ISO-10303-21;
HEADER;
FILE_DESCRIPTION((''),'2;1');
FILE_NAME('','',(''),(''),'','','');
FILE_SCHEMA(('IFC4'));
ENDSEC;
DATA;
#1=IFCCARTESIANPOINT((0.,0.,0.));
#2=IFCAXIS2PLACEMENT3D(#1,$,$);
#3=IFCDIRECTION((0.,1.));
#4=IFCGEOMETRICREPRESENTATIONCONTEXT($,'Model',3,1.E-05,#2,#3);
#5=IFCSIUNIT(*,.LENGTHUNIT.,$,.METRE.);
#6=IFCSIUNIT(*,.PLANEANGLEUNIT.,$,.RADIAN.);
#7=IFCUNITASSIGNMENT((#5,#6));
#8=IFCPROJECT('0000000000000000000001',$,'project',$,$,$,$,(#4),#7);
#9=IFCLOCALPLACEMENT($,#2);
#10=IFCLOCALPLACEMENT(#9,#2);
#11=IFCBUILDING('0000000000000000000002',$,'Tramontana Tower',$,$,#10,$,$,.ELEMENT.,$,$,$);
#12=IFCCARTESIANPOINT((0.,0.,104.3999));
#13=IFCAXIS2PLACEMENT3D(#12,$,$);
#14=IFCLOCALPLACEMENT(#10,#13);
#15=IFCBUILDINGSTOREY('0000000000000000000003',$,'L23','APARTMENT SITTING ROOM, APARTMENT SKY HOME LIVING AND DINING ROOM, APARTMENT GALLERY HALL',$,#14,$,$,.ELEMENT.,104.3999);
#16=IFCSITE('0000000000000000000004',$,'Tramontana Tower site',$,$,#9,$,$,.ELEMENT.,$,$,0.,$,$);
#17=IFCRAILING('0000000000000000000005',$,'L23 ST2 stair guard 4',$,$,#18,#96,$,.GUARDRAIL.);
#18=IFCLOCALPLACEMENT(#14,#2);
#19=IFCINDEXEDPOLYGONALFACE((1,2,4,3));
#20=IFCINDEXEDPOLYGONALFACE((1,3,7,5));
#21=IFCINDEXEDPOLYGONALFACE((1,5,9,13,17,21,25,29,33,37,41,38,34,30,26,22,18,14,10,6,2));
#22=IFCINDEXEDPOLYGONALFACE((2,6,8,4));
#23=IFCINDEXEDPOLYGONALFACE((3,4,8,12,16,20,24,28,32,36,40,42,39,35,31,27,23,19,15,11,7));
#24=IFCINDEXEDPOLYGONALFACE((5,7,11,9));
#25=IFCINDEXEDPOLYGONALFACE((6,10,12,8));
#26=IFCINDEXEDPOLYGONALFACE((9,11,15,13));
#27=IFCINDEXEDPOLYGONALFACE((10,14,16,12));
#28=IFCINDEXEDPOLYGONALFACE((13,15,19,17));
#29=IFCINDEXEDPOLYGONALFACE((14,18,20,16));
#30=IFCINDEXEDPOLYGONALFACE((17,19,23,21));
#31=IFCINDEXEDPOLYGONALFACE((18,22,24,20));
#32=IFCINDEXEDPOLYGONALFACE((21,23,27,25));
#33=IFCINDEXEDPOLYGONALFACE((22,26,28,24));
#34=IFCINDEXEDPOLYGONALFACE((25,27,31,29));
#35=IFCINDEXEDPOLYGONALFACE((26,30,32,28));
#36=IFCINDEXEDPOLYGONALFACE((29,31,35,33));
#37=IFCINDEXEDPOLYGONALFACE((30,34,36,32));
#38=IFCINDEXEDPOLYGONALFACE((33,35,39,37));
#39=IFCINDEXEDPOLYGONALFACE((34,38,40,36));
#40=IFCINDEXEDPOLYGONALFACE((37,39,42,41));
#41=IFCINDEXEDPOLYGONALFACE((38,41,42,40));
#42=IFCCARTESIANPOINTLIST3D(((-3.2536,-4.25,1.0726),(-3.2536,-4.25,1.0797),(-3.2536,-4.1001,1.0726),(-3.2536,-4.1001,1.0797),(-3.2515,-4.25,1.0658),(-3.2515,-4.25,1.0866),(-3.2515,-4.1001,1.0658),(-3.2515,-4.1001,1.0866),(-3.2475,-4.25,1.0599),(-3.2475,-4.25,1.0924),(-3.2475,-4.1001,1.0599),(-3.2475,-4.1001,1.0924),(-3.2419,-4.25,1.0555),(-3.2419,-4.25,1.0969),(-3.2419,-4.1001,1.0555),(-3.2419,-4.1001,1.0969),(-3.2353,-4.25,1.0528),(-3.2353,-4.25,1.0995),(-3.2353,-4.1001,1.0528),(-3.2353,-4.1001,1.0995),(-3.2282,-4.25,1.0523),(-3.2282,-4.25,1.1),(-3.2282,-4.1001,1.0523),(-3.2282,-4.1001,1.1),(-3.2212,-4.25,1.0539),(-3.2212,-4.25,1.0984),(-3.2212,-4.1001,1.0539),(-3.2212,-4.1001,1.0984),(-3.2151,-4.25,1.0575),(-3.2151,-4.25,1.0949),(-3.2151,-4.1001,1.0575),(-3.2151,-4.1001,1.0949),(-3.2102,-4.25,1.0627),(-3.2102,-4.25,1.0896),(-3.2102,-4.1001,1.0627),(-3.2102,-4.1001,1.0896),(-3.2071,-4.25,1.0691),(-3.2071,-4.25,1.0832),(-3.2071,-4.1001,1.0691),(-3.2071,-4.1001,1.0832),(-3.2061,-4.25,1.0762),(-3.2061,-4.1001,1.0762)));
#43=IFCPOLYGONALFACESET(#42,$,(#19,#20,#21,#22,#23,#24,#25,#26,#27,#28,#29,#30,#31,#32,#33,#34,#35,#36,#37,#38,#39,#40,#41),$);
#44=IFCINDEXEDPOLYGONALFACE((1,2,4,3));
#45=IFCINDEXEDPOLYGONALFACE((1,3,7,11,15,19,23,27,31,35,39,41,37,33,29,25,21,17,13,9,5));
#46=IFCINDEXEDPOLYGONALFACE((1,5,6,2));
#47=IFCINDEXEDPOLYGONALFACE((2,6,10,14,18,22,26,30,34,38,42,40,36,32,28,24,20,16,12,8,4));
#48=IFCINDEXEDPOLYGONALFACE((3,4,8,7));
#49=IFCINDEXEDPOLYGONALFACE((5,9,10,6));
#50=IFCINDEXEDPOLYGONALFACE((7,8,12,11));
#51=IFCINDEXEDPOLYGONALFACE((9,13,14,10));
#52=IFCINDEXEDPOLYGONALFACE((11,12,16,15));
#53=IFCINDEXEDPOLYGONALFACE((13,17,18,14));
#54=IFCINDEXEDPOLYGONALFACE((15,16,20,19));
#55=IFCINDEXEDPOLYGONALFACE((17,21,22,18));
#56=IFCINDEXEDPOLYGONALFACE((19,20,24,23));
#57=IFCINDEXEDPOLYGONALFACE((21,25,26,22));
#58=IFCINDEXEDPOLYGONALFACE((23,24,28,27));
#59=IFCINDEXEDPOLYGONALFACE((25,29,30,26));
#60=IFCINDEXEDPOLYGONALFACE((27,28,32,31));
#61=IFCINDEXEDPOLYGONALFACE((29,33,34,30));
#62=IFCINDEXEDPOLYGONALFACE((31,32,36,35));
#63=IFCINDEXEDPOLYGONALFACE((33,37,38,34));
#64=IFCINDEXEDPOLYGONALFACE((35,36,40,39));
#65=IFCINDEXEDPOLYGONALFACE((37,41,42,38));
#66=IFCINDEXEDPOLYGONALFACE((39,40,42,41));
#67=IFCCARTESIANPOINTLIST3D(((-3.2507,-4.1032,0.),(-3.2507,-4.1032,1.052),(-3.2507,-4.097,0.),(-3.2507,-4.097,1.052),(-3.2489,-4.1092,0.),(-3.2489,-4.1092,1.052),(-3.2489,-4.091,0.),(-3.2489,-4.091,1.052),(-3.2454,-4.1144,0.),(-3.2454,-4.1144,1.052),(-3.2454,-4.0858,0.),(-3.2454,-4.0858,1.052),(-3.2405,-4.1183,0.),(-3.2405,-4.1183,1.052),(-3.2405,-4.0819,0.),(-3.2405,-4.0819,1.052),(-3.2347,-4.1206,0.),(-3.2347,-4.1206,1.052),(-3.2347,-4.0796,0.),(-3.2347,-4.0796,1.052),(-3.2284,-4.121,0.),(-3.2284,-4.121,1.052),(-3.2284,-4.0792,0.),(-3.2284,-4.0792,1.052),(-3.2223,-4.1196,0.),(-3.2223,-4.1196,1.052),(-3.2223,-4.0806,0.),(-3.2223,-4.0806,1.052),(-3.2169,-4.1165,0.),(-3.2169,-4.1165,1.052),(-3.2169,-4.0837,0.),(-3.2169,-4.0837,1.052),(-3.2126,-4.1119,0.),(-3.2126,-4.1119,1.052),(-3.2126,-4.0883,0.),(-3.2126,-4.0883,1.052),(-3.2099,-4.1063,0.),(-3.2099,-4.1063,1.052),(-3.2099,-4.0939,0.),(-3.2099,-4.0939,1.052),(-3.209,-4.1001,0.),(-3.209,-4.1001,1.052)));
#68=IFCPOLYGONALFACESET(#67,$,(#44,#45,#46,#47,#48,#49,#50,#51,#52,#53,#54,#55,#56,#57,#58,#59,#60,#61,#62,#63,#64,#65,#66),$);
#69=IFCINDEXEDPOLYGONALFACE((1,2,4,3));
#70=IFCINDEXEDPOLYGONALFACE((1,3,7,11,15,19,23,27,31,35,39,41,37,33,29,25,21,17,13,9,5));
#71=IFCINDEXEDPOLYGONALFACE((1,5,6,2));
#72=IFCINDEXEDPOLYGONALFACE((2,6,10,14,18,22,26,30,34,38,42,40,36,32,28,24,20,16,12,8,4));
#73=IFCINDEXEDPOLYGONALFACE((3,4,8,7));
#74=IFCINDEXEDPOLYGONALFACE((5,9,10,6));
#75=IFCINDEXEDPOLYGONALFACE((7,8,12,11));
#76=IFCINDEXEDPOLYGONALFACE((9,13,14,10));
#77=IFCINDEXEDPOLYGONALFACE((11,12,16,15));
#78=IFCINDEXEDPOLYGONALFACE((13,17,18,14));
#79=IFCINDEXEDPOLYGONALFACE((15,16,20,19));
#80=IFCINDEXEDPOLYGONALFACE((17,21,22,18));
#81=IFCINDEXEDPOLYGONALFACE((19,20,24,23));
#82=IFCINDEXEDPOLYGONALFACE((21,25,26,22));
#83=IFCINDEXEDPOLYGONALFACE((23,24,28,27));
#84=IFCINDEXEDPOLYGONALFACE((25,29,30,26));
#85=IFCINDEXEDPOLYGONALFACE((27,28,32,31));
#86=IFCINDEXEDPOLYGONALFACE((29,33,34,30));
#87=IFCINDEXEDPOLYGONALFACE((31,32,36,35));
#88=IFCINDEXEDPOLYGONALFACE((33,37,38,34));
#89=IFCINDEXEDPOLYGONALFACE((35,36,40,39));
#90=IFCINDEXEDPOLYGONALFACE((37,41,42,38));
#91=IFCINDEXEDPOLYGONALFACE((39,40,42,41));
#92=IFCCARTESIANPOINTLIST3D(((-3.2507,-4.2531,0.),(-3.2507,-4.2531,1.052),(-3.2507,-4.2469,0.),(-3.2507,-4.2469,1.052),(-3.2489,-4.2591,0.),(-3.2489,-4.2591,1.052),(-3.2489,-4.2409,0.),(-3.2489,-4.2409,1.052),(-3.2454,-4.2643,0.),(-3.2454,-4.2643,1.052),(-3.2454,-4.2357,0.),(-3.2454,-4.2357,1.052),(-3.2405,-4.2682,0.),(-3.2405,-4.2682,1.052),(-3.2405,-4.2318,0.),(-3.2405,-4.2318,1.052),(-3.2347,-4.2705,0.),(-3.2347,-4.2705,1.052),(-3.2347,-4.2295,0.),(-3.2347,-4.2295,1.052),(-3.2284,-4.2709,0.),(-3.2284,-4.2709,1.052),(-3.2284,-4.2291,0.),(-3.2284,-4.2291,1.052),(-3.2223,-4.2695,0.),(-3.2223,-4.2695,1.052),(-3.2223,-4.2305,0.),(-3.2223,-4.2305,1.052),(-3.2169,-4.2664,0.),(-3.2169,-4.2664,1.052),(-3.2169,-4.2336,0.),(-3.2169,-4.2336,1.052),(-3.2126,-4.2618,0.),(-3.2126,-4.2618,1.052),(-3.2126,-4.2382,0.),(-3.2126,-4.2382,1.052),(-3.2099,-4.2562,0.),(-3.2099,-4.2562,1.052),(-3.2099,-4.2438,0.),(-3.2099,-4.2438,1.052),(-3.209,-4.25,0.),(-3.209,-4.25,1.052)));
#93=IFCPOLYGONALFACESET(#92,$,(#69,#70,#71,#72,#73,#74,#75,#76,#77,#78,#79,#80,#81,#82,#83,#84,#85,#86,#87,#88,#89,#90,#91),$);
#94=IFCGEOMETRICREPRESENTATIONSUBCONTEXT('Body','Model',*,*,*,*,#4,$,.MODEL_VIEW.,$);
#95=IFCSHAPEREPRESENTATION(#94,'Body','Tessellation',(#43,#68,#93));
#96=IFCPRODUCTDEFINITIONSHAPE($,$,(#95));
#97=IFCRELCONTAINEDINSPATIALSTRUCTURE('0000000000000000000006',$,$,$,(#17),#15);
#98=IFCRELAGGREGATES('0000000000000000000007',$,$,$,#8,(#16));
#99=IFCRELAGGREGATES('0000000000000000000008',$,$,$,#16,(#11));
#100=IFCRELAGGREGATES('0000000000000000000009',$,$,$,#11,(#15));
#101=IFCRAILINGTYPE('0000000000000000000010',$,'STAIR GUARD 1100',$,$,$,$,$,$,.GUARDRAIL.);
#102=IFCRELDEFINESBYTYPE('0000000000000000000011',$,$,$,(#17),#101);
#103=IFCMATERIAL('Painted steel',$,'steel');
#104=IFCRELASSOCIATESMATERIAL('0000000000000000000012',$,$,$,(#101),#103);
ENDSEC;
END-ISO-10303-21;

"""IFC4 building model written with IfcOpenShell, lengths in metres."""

from ifc_helpers import new_model, si_unit, direction, frame, origin, origin_2d, place, context, subcontext, project, spatial, circle, extrude, material, type_object, element, save


model = new_model("IFC4")

# Units and contexts
model_context = context("Model", 3, precision=1e-05, world=origin(), true_north=direction((0.0, 1.0)))
body_context = subcontext(model_context, "Body", "Model", "MODEL_VIEW")
ifc_project = project(units=[si_unit("LENGTHUNIT", "METRE"), si_unit("PLANEANGLEUNIT", "RADIAN")], contexts=[model_context])

# Site, building, storey
site_placement = place(None, origin())
site = spatial("IfcSite", under=ifc_project, at=site_placement, Name="Tramontana Tower site", CompositionType="ELEMENT", RefElevation=0.0)
building_placement = place(site_placement, origin())
building = spatial("IfcBuilding", under=site, at=building_placement, Name="Tramontana Tower", CompositionType="ELEMENT")
storey_placement = place(building_placement, frame((0.0, 0.0, 104.3999)))
storey = spatial("IfcBuildingStorey", under=building, at=storey_placement, Name="L23", Description="APARTMENT SITTING ROOM, APARTMENT SKY HOME LIVING AND DINING ROOM, APARTMENT GALLERY HALL", CompositionType="ELEMENT", Elevation=104.3999)

# Railing
ifc_material_1 = material(Name="Painted steel", Category="steel")
railing_type_1 = type_object("IfcRailingType", Name="STAIR GUARD 1100", PredefinedType="GUARDRAIL", material=ifc_material_1)
railing_1_placement = place(storey_placement, frame((-3.23, -4.1001, 0.0)))
element("IfcRailing", 1, at=railing_1_placement, inside=storey, type_object=railing_type_1, Name="L23 ST2 stair guard 4", PredefinedType="GUARDRAIL", context=body_context, shape_type="SweptSolid", body=[
    extrude(circle(Radius=0.0239, at=origin_2d()), frame((0.0, 0.0, 1.0762), z_axis=(0.0, -1.0, 0.0), x_axis=(1.0, 0.0, 0.0)), (0.0, 0.0, 1.0), 0.1499),
    extrude(circle(Radius=0.021, at=origin_2d()), origin(), (0.0, 0.0, 1.0), 1.052),
    extrude(circle(Radius=0.021, at=origin_2d()), frame((0.0, -0.1499, 0.0)), (0.0, 0.0, 1.0), 1.052),
])

save(model, "model.ifc")
